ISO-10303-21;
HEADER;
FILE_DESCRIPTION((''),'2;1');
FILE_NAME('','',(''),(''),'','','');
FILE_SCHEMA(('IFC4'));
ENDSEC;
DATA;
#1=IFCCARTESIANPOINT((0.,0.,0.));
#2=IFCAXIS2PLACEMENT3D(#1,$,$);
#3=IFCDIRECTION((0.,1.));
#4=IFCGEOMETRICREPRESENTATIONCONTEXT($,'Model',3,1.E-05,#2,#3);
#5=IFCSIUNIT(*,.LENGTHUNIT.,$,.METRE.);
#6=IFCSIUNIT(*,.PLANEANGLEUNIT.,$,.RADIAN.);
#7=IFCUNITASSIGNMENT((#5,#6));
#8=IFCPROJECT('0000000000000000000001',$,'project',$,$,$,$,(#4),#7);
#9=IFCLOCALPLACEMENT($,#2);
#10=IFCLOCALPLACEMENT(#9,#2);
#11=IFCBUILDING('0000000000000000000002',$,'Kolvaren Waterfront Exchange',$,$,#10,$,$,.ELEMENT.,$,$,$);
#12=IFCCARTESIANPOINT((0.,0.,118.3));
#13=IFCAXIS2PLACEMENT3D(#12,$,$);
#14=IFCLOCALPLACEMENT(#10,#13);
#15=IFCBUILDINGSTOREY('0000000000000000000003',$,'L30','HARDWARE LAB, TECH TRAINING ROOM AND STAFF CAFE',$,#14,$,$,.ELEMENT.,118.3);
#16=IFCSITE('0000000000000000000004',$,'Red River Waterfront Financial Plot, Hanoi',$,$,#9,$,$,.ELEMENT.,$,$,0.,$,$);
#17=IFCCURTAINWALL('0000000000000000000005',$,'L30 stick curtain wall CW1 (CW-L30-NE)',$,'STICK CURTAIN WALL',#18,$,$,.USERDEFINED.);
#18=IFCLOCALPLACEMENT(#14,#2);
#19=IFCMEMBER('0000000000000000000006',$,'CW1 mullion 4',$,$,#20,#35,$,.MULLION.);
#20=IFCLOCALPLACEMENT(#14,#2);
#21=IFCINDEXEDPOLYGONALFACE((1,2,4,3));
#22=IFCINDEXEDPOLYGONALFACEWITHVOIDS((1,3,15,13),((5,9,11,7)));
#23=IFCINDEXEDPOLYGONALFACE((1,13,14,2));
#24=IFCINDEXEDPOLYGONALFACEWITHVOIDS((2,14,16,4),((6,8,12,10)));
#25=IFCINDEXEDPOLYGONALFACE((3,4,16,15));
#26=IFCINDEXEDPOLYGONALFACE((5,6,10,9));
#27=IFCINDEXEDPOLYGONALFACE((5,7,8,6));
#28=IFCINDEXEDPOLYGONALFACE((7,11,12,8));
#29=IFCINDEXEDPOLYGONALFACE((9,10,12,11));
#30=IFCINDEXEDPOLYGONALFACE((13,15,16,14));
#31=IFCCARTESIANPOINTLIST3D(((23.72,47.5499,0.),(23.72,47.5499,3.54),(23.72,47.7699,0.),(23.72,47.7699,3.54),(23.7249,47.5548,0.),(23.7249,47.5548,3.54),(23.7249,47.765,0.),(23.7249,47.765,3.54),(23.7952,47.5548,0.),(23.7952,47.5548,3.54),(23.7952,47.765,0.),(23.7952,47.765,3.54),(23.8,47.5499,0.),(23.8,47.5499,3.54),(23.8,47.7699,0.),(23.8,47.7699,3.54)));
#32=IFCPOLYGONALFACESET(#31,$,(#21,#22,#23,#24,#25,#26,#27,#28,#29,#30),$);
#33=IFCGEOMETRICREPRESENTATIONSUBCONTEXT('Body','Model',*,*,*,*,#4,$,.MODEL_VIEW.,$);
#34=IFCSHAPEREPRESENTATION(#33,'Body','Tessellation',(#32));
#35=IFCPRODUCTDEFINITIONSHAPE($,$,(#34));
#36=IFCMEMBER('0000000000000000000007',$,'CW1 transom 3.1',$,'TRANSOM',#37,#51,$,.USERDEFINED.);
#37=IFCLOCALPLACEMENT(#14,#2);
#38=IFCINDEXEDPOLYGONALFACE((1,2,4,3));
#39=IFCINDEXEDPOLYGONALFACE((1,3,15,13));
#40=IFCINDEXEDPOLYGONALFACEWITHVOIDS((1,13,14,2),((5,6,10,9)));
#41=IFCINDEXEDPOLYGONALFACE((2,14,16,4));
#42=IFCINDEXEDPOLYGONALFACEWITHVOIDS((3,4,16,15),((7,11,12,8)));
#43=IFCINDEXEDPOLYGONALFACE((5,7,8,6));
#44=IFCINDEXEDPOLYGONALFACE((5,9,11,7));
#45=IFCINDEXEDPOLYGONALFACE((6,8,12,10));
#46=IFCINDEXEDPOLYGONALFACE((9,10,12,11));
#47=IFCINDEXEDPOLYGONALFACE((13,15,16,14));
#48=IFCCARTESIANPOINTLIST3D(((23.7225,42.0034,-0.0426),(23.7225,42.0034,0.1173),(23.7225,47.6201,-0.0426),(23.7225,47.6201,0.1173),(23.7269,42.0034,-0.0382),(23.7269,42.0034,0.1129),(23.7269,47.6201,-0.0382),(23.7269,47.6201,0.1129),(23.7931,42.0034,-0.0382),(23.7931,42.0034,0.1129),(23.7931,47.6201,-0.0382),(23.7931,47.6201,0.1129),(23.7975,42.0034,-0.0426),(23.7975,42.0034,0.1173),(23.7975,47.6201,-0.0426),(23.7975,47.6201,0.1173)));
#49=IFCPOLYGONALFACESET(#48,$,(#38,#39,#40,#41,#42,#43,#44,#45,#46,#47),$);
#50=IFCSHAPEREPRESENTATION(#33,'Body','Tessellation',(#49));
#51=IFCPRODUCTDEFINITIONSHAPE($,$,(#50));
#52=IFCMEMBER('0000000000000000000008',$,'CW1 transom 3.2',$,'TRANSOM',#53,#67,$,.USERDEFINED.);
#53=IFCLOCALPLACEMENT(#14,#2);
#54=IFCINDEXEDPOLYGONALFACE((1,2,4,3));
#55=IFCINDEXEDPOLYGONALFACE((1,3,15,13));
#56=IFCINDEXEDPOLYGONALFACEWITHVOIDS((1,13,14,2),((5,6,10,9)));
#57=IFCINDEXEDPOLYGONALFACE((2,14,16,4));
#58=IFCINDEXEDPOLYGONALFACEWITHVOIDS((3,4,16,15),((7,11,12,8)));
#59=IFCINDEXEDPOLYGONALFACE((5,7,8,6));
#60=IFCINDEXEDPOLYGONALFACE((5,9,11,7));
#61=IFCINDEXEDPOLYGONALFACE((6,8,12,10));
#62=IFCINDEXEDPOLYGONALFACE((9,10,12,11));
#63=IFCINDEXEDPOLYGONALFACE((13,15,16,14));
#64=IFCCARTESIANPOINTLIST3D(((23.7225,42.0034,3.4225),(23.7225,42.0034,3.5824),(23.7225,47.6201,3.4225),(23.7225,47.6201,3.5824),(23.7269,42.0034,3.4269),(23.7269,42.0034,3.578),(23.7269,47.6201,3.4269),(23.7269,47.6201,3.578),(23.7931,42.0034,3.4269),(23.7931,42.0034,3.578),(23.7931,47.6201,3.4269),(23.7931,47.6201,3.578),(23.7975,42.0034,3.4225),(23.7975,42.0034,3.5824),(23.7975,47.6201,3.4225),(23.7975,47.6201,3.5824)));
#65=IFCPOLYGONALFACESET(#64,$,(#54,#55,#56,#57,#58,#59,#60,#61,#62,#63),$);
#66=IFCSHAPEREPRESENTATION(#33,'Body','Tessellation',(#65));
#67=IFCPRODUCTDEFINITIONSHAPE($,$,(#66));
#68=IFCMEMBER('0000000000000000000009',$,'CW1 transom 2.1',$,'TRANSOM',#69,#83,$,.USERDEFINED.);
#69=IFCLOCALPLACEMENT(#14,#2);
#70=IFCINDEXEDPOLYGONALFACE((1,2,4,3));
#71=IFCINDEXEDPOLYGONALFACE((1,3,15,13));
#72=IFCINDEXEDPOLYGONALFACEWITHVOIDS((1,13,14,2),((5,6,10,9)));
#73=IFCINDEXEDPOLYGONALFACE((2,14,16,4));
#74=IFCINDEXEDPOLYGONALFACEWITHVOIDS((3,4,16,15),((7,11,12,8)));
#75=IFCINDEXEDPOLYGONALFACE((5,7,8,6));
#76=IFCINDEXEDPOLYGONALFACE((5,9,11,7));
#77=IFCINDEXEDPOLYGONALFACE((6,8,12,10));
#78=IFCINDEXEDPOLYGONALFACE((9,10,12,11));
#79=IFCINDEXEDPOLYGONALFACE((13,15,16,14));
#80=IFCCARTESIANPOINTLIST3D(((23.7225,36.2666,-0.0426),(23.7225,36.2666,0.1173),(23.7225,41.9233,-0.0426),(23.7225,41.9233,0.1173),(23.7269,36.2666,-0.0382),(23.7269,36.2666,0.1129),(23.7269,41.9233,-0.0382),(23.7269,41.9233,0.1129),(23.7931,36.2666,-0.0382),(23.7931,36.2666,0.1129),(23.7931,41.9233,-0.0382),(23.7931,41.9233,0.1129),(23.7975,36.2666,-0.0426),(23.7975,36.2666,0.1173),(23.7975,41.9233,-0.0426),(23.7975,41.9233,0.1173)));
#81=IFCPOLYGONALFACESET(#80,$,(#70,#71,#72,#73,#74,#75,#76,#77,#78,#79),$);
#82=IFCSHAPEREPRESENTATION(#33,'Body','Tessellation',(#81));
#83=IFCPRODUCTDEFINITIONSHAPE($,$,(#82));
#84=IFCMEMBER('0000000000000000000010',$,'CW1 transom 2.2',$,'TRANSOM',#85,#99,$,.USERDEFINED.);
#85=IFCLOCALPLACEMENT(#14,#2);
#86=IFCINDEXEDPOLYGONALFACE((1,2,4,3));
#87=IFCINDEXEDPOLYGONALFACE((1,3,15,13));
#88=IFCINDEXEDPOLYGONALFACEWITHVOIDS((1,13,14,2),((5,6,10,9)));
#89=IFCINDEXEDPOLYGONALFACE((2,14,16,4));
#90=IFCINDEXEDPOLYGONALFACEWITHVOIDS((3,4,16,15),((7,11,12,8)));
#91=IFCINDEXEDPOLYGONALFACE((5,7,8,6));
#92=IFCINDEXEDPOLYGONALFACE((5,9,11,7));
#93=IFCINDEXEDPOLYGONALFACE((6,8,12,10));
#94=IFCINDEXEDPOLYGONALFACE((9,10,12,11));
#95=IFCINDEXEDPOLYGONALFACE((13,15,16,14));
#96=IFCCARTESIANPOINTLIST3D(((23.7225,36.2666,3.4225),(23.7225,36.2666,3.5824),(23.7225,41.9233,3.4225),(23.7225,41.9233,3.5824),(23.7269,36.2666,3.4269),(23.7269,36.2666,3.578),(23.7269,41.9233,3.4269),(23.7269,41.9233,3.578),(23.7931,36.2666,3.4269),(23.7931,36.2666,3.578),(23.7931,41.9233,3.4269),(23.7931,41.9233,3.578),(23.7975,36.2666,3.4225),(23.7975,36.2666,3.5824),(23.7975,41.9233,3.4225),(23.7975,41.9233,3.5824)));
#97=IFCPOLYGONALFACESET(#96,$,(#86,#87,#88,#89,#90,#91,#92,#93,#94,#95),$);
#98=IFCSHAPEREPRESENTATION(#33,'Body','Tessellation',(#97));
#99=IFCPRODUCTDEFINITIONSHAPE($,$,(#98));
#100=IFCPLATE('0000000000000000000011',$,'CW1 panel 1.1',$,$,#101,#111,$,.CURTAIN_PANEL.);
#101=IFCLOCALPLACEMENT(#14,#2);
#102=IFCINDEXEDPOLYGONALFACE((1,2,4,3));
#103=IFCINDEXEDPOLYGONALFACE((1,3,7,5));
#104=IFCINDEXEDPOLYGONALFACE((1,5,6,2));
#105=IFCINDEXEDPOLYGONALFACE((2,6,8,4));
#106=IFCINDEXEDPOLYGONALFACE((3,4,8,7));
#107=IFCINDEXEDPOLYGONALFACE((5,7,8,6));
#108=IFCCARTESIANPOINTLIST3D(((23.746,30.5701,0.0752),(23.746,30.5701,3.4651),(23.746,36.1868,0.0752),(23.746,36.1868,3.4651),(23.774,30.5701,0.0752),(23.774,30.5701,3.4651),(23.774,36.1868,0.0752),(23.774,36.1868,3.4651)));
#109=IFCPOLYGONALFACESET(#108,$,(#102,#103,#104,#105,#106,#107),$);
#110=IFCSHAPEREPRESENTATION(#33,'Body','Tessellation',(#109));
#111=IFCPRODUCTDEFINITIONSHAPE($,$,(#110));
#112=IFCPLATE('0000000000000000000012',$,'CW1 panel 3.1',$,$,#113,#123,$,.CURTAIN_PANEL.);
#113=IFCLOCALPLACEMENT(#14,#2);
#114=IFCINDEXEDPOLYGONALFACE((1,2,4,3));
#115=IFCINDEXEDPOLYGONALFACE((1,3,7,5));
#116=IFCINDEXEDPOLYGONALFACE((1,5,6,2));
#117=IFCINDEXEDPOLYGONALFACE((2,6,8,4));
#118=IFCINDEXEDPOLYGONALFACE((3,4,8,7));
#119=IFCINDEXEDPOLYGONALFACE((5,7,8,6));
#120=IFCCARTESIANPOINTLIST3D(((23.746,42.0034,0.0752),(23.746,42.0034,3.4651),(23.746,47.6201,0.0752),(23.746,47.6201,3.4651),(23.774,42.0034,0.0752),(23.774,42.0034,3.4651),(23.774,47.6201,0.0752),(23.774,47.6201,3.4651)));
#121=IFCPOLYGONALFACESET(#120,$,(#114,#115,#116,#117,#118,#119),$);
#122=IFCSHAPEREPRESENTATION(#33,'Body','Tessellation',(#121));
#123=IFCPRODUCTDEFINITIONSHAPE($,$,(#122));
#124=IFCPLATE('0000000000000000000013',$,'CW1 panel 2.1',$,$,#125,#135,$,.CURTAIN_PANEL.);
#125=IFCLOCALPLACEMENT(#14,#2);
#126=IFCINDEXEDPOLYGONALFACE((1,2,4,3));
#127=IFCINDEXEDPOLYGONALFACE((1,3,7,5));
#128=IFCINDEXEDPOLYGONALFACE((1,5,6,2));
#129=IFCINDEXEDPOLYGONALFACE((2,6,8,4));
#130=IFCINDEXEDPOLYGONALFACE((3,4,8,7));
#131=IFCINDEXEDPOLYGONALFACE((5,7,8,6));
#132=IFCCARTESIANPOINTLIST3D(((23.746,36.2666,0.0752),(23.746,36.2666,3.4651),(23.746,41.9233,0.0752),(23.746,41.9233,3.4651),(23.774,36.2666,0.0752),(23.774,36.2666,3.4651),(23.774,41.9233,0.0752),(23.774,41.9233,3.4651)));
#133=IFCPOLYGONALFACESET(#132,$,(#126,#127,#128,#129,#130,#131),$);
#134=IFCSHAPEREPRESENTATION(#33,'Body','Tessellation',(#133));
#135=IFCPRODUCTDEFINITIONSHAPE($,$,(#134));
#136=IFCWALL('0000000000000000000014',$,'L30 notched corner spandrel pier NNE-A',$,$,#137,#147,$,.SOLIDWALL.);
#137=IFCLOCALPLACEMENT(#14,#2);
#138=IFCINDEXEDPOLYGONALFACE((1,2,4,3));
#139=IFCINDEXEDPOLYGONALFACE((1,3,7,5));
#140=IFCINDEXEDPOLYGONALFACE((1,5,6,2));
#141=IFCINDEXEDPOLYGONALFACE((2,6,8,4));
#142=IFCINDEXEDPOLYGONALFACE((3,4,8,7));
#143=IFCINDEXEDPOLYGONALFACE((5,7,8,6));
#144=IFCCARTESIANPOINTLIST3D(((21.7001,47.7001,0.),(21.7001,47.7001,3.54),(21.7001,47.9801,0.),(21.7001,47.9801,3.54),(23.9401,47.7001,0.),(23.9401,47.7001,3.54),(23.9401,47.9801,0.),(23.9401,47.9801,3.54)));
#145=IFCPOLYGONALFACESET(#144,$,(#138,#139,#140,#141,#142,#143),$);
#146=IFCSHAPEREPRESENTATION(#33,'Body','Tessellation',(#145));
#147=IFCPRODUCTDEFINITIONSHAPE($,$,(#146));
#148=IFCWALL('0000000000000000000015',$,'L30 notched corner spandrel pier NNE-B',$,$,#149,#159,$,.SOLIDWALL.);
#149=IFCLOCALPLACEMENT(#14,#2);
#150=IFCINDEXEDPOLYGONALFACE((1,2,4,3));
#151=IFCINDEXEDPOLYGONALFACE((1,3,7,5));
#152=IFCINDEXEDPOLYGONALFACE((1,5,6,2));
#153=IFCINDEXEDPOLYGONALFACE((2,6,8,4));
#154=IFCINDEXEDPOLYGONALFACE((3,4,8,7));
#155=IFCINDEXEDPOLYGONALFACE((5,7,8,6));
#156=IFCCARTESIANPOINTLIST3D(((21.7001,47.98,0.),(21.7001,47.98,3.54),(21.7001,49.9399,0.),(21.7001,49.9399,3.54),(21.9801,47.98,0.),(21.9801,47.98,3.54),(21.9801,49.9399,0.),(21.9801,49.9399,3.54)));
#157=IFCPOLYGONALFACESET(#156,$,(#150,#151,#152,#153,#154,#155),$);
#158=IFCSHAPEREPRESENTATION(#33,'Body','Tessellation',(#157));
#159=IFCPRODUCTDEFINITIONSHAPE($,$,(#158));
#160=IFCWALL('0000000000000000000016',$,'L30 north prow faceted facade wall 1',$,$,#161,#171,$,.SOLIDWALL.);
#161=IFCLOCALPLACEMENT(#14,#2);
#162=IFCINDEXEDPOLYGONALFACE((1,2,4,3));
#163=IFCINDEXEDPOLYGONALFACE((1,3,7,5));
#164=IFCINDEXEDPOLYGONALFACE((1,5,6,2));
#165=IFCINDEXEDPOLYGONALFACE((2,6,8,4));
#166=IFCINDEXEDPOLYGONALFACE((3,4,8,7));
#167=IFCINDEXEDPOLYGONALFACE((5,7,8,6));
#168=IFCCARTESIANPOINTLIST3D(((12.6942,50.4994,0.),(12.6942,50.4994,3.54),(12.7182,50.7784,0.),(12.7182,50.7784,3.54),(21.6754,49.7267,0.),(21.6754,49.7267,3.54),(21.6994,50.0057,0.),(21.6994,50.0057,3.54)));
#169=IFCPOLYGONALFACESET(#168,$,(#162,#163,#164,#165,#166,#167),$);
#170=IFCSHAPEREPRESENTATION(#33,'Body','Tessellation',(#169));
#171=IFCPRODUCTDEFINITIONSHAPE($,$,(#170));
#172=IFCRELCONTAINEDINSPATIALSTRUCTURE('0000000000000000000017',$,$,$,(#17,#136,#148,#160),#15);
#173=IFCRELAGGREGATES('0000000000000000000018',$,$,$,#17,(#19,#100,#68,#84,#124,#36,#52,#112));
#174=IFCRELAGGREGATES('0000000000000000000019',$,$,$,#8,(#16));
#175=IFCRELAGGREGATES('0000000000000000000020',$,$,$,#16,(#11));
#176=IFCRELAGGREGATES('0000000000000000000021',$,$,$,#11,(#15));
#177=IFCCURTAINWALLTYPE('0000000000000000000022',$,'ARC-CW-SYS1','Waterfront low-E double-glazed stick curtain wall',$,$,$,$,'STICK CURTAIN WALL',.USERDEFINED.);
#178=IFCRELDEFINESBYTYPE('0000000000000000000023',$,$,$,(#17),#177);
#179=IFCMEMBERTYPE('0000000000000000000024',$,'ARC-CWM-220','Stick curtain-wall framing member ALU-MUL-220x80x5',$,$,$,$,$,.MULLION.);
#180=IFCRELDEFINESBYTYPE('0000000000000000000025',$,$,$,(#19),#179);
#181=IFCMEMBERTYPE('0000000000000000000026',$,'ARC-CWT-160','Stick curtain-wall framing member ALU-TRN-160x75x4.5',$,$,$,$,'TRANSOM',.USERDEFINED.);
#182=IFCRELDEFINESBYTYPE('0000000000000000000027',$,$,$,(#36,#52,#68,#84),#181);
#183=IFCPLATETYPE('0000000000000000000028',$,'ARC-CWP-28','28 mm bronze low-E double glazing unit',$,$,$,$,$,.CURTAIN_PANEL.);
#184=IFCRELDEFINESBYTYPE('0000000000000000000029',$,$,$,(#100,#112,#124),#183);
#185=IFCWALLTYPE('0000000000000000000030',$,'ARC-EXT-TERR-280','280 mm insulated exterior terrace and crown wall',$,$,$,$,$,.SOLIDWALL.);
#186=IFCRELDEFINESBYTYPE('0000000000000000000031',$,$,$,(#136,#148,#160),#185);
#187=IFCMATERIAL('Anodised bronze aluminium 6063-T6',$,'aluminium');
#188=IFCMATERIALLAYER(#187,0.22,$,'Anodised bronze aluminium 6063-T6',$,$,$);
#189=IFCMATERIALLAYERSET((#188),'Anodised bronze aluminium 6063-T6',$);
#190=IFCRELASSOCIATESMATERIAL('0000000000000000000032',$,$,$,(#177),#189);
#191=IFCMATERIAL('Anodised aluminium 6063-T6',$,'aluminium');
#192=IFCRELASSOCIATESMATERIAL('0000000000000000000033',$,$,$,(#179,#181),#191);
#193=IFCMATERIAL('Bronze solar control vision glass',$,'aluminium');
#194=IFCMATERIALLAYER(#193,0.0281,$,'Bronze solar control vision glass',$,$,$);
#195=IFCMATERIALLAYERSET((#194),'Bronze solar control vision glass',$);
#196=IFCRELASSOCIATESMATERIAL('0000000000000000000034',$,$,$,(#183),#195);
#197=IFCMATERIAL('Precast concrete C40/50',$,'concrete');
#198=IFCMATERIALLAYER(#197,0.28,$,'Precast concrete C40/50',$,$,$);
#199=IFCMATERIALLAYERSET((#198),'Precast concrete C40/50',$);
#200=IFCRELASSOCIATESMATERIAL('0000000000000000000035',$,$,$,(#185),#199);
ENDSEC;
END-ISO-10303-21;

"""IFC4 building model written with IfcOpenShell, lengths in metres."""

from ifc_helpers import new_model, si_unit, direction, frame, frame_2d, origin, origin_with_axes, origin_2d, place, context, subcontext, project, spatial, rectangle, hollow_rectangle, extrude, source, transform, mapped, material, layer, layer_set, material_profile, profile_set, type_object, element, aggregate, save


model = new_model("IFC4")

# Units and contexts
model_context = context("Model", 3, precision=1e-05, world=origin(), true_north=direction((0.0, 1.0)))
body_context = subcontext(model_context, "Body", "Model", "MODEL_VIEW")
ifc_project = project(units=[si_unit("LENGTHUNIT", "METRE"), si_unit("PLANEANGLEUNIT", "RADIAN")], contexts=[model_context])

# Site, building, storey
site_placement = place(None, origin())
site = spatial("IfcSite", under=ifc_project, at=site_placement, Name="Red River Waterfront Financial Plot, Hanoi", CompositionType="ELEMENT", RefElevation=0.0)
building_placement = place(site_placement, origin())
building = spatial("IfcBuilding", under=site, at=building_placement, Name="Kolvaren Waterfront Exchange", CompositionType="ELEMENT")
storey_placement = place(building_placement, frame((0.0, 0.0, 118.3)))
storey = spatial("IfcBuildingStorey", under=building, at=storey_placement, Name="L30", Description="HARDWARE LAB, TECH TRAINING ROOM AND STAFF CAFE", CompositionType="ELEMENT", Elevation=118.3)

# Curtain wall, members, plates
ifc_material_1 = material(Name="Anodised bronze aluminium 6063-T6", Category="aluminium")
ifc_layer_1 = layer(ifc_material_1, 0.22, Name="Anodised bronze aluminium 6063-T6")
ifc_layer_set_1 = layer_set([ifc_layer_1], Name="Anodised bronze aluminium 6063-T6")
curtain_wall_type = type_object("IfcCurtainWallType", Name="ARC-CW-SYS1", Description="Waterfront low-E double-glazed stick curtain wall", ElementType="STICK CURTAIN WALL", PredefinedType="USERDEFINED", material=ifc_layer_set_1)
curtain_wall_placement = place(storey_placement, origin())
curtain_wall = element("IfcCurtainWall", 1, at=curtain_wall_placement, inside=storey, type_object=curtain_wall_type, Name="L30 stick curtain wall CW1 (CW-L30-NE)", ObjectType="STICK CURTAIN WALL", PredefinedType="USERDEFINED")
ifc_material_2 = material(Name="Anodised aluminium 6063-T6", Category="aluminium")
ifc_material_profile_1 = material_profile(ifc_material_2, hollow_rectangle(XDim=0.0801, YDim=0.22, WallThickness=0.0049, at=origin_2d()), Name="ALU-MUL-220x80x5")
ifc_profile_set_1 = profile_set([ifc_material_profile_1], Name="Anodised aluminium 6063-T6")
member_type_1 = type_object("IfcMemberType", Name="ARC-CWM-220", Description="Stick curtain-wall framing member ALU-MUL-220x80x5", PredefinedType="MULLION", material=ifc_profile_set_1)
shared_shape_1 = source(origin_with_axes(), body_context, "Body", "SweptSolid", [
    extrude(hollow_rectangle(XDim=0.0801, YDim=0.22, WallThickness=0.0049, at=origin_2d()), origin(), (0.0, 0.0, 1.0), 3.54),
])
member_1_placement = place(storey_placement, frame((23.76, 47.6599, 0.0), z_axis=(0.0, 0.0, 1.0), x_axis=(-1.0, 0.0, 0.0)))
member_1 = element("IfcMember", 2, at=member_1_placement, type_object=member_type_1, Name="CW1 mullion 4", PredefinedType="MULLION", context=body_context, shape_type="MappedRepresentation", body=[
    mapped(shared_shape_1, transform((0.0, 0.0, 0.0), x_axis=(1.0, 0.0, 0.0), y_axis=(0.0, 1.0, 0.0), z_axis=(0.0, 0.0, 1.0), scale=1.0)),
])
ifc_material_profile_2 = material_profile(ifc_material_2, hollow_rectangle(XDim=0.075, YDim=0.1599, WallThickness=0.0044, at=origin_2d()), Name="ALU-TRN-160x75x4.5")
ifc_profile_set_2 = profile_set([ifc_material_profile_2], Name="Anodised aluminium 6063-T6")
member_type_2 = type_object("IfcMemberType", Name="ARC-CWT-160", Description="Stick curtain-wall framing member ALU-TRN-160x75x4.5", ElementType="TRANSOM", PredefinedType="USERDEFINED", material=ifc_profile_set_2)
shared_shape_2 = source(origin_with_axes(), body_context, "Body", "SweptSolid", [
    extrude(hollow_rectangle(XDim=0.075, YDim=0.1599, WallThickness=0.0044, at=origin_2d()), origin(), (0.0, 0.0, 1.0), 5.6167),
])
member_2_placement = place(storey_placement, frame((23.76, 42.0034, 0.0374), z_axis=(0.0, 1.0, 0.0), x_axis=(-1.0, 0.0, 0.0)))
member_2 = element("IfcMember", 3, at=member_2_placement, type_object=member_type_2, Name="CW1 transom 3.1", ObjectType="TRANSOM", PredefinedType="USERDEFINED", context=body_context, shape_type="MappedRepresentation", body=[
    mapped(shared_shape_2, transform((0.0, 0.0, 0.0), x_axis=(1.0, 0.0, 0.0), y_axis=(0.0, 1.0, 0.0), z_axis=(0.0, 0.0, 1.0), scale=1.0)),
])
member_3_placement = place(storey_placement, frame((23.76, 42.0034, 3.5024), z_axis=(0.0, 1.0, 0.0), x_axis=(-1.0, 0.0, 0.0)))
member_3 = element("IfcMember", 4, at=member_3_placement, type_object=member_type_2, Name="CW1 transom 3.2", ObjectType="TRANSOM", PredefinedType="USERDEFINED", context=body_context, shape_type="MappedRepresentation", body=[
    mapped(shared_shape_2, transform((0.0, 0.0, 0.0), x_axis=(1.0, 0.0, 0.0), y_axis=(0.0, 1.0, 0.0), z_axis=(0.0, 0.0, 1.0), scale=1.0)),
])
shared_shape_3 = source(origin_with_axes(), body_context, "Body", "SweptSolid", [
    extrude(hollow_rectangle(XDim=0.075, YDim=0.1599, WallThickness=0.0044, at=origin_2d()), origin(), (0.0, 0.0, 1.0), 5.6567),
])
member_4_placement = place(storey_placement, frame((23.76, 36.2666, 0.0374), z_axis=(0.0, 1.0, 0.0), x_axis=(-1.0, 0.0, 0.0)))
member_4 = element("IfcMember", 5, at=member_4_placement, type_object=member_type_2, Name="CW1 transom 2.1", ObjectType="TRANSOM", PredefinedType="USERDEFINED", context=body_context, shape_type="MappedRepresentation", body=[
    mapped(shared_shape_3, transform((0.0, 0.0, 0.0), x_axis=(1.0, 0.0, 0.0), y_axis=(0.0, 1.0, 0.0), z_axis=(0.0, 0.0, 1.0), scale=1.0)),
])
member_5_placement = place(storey_placement, frame((23.76, 36.2666, 3.5024), z_axis=(0.0, 1.0, 0.0), x_axis=(-1.0, 0.0, 0.0)))
member_5 = element("IfcMember", 6, at=member_5_placement, type_object=member_type_2, Name="CW1 transom 2.2", ObjectType="TRANSOM", PredefinedType="USERDEFINED", context=body_context, shape_type="MappedRepresentation", body=[
    mapped(shared_shape_3, transform((0.0, 0.0, 0.0), x_axis=(1.0, 0.0, 0.0), y_axis=(0.0, 1.0, 0.0), z_axis=(0.0, 0.0, 1.0), scale=1.0)),
])
ifc_material_3 = material(Name="Bronze solar control vision glass", Category="aluminium")
ifc_layer_2 = layer(ifc_material_3, 0.0281, Name="Bronze solar control vision glass")
ifc_layer_set_2 = layer_set([ifc_layer_2], Name="Bronze solar control vision glass")
plate_type = type_object("IfcPlateType", Name="ARC-CWP-28", Description="28 mm bronze low-E double glazing unit", PredefinedType="CURTAIN_PANEL", material=ifc_layer_set_2)
shared_shape_4 = source(origin_with_axes(), body_context, "Body", "SweptSolid", [
    extrude(rectangle(XDim=5.6167, YDim=0.0281, at=origin_2d()), origin(), (0.0, 0.0, 1.0), 3.3899),
])
plate_1_placement = place(storey_placement, frame((23.76, 33.3784, 0.0752), z_axis=(0.0, 0.0, 1.0), x_axis=(0.0, 1.0, 0.0)))
plate_1 = element("IfcPlate", 7, at=plate_1_placement, type_object=plate_type, Name="CW1 panel 1.1", PredefinedType="CURTAIN_PANEL", context=body_context, shape_type="MappedRepresentation", body=[
    mapped(shared_shape_4, transform((0.0, 0.0, 0.0), x_axis=(1.0, 0.0, 0.0), y_axis=(0.0, 1.0, 0.0), z_axis=(0.0, 0.0, 1.0), scale=1.0)),
])
plate_2_placement = place(storey_placement, frame((23.76, 44.8118, 0.0752), z_axis=(0.0, 0.0, 1.0), x_axis=(0.0, 1.0, 0.0)))
plate_2 = element("IfcPlate", 8, at=plate_2_placement, type_object=plate_type, Name="CW1 panel 3.1", PredefinedType="CURTAIN_PANEL", context=body_context, shape_type="MappedRepresentation", body=[
    mapped(shared_shape_4, transform((0.0, 0.0, 0.0), x_axis=(1.0, 0.0, 0.0), y_axis=(0.0, 1.0, 0.0), z_axis=(0.0, 0.0, 1.0), scale=1.0)),
])
shared_shape_5 = source(origin_with_axes(), body_context, "Body", "SweptSolid", [
    extrude(rectangle(XDim=5.6567, YDim=0.0281, at=origin_2d()), origin(), (0.0, 0.0, 1.0), 3.3899),
])
plate_3_placement = place(storey_placement, frame((23.76, 39.095, 0.0752), z_axis=(0.0, 0.0, 1.0), x_axis=(0.0, 1.0, 0.0)))
plate_3 = element("IfcPlate", 9, at=plate_3_placement, type_object=plate_type, Name="CW1 panel 2.1", PredefinedType="CURTAIN_PANEL", context=body_context, shape_type="MappedRepresentation", body=[
    mapped(shared_shape_5, transform((0.0, 0.0, 0.0), x_axis=(1.0, 0.0, 0.0), y_axis=(0.0, 1.0, 0.0), z_axis=(0.0, 0.0, 1.0), scale=1.0)),
])
aggregate(curtain_wall, [member_1, plate_1, member_4, member_5, plate_3, member_2, member_3, plate_2])

# Walls
ifc_material_4 = material(Name="Precast concrete C40/50", Category="concrete")
ifc_layer_3 = layer(ifc_material_4, 0.28, Name="Precast concrete C40/50")
ifc_layer_set_3 = layer_set([ifc_layer_3], Name="Precast concrete C40/50")
wall_type = type_object("IfcWallType", Name="ARC-EXT-TERR-280", Description="280 mm insulated exterior terrace and crown wall", PredefinedType="SOLIDWALL", material=ifc_layer_set_3)
wall_1_placement = place(storey_placement, frame((21.7, 47.8401, 0.0), z_axis=(0.0, 0.0, 1.0), x_axis=(1.0, 0.0, 0.0)))
element("IfcWall", 10, at=wall_1_placement, inside=storey, type_object=wall_type, Name="L30 notched corner spandrel pier NNE-A", PredefinedType="SOLIDWALL", context=body_context, shape_type="SweptSolid", body=[
    extrude(rectangle(XDim=2.24, YDim=0.28, at=frame_2d((1.1201, 0.0))), origin(), (0.0, 0.0, 1.0), 3.54),
])
wall_2_placement = place(storey_placement, frame((21.8401, 47.98, 0.0), z_axis=(0.0, 0.0, 1.0), x_axis=(0.0, 1.0, 0.0)))
element("IfcWall", 11, at=wall_2_placement, inside=storey, type_object=wall_type, Name="L30 notched corner spandrel pier NNE-B", PredefinedType="SOLIDWALL", context=body_context, shape_type="SweptSolid", body=[
    extrude(rectangle(XDim=1.96, YDim=0.28, at=frame_2d((0.98, 0.0))), origin(), (0.0, 0.0, 1.0), 3.54),
])
wall_3_placement = place(storey_placement, frame((21.6875, 49.8662, 0.0), z_axis=(0.0, 0.0, 1.0), x_axis=(-0.996319, 0.085719, 0.0)))
element("IfcWall", 12, at=wall_3_placement, inside=storey, type_object=wall_type, Name="L30 north prow faceted facade wall 1", PredefinedType="SOLIDWALL", context=body_context, shape_type="SweptSolid", body=[
    extrude(rectangle(XDim=9.0144, YDim=0.28, at=frame_2d((4.5073, 0.0))), origin(), (0.0, 0.0, 1.0), 3.54),
])

save(model, "model.ifc")
